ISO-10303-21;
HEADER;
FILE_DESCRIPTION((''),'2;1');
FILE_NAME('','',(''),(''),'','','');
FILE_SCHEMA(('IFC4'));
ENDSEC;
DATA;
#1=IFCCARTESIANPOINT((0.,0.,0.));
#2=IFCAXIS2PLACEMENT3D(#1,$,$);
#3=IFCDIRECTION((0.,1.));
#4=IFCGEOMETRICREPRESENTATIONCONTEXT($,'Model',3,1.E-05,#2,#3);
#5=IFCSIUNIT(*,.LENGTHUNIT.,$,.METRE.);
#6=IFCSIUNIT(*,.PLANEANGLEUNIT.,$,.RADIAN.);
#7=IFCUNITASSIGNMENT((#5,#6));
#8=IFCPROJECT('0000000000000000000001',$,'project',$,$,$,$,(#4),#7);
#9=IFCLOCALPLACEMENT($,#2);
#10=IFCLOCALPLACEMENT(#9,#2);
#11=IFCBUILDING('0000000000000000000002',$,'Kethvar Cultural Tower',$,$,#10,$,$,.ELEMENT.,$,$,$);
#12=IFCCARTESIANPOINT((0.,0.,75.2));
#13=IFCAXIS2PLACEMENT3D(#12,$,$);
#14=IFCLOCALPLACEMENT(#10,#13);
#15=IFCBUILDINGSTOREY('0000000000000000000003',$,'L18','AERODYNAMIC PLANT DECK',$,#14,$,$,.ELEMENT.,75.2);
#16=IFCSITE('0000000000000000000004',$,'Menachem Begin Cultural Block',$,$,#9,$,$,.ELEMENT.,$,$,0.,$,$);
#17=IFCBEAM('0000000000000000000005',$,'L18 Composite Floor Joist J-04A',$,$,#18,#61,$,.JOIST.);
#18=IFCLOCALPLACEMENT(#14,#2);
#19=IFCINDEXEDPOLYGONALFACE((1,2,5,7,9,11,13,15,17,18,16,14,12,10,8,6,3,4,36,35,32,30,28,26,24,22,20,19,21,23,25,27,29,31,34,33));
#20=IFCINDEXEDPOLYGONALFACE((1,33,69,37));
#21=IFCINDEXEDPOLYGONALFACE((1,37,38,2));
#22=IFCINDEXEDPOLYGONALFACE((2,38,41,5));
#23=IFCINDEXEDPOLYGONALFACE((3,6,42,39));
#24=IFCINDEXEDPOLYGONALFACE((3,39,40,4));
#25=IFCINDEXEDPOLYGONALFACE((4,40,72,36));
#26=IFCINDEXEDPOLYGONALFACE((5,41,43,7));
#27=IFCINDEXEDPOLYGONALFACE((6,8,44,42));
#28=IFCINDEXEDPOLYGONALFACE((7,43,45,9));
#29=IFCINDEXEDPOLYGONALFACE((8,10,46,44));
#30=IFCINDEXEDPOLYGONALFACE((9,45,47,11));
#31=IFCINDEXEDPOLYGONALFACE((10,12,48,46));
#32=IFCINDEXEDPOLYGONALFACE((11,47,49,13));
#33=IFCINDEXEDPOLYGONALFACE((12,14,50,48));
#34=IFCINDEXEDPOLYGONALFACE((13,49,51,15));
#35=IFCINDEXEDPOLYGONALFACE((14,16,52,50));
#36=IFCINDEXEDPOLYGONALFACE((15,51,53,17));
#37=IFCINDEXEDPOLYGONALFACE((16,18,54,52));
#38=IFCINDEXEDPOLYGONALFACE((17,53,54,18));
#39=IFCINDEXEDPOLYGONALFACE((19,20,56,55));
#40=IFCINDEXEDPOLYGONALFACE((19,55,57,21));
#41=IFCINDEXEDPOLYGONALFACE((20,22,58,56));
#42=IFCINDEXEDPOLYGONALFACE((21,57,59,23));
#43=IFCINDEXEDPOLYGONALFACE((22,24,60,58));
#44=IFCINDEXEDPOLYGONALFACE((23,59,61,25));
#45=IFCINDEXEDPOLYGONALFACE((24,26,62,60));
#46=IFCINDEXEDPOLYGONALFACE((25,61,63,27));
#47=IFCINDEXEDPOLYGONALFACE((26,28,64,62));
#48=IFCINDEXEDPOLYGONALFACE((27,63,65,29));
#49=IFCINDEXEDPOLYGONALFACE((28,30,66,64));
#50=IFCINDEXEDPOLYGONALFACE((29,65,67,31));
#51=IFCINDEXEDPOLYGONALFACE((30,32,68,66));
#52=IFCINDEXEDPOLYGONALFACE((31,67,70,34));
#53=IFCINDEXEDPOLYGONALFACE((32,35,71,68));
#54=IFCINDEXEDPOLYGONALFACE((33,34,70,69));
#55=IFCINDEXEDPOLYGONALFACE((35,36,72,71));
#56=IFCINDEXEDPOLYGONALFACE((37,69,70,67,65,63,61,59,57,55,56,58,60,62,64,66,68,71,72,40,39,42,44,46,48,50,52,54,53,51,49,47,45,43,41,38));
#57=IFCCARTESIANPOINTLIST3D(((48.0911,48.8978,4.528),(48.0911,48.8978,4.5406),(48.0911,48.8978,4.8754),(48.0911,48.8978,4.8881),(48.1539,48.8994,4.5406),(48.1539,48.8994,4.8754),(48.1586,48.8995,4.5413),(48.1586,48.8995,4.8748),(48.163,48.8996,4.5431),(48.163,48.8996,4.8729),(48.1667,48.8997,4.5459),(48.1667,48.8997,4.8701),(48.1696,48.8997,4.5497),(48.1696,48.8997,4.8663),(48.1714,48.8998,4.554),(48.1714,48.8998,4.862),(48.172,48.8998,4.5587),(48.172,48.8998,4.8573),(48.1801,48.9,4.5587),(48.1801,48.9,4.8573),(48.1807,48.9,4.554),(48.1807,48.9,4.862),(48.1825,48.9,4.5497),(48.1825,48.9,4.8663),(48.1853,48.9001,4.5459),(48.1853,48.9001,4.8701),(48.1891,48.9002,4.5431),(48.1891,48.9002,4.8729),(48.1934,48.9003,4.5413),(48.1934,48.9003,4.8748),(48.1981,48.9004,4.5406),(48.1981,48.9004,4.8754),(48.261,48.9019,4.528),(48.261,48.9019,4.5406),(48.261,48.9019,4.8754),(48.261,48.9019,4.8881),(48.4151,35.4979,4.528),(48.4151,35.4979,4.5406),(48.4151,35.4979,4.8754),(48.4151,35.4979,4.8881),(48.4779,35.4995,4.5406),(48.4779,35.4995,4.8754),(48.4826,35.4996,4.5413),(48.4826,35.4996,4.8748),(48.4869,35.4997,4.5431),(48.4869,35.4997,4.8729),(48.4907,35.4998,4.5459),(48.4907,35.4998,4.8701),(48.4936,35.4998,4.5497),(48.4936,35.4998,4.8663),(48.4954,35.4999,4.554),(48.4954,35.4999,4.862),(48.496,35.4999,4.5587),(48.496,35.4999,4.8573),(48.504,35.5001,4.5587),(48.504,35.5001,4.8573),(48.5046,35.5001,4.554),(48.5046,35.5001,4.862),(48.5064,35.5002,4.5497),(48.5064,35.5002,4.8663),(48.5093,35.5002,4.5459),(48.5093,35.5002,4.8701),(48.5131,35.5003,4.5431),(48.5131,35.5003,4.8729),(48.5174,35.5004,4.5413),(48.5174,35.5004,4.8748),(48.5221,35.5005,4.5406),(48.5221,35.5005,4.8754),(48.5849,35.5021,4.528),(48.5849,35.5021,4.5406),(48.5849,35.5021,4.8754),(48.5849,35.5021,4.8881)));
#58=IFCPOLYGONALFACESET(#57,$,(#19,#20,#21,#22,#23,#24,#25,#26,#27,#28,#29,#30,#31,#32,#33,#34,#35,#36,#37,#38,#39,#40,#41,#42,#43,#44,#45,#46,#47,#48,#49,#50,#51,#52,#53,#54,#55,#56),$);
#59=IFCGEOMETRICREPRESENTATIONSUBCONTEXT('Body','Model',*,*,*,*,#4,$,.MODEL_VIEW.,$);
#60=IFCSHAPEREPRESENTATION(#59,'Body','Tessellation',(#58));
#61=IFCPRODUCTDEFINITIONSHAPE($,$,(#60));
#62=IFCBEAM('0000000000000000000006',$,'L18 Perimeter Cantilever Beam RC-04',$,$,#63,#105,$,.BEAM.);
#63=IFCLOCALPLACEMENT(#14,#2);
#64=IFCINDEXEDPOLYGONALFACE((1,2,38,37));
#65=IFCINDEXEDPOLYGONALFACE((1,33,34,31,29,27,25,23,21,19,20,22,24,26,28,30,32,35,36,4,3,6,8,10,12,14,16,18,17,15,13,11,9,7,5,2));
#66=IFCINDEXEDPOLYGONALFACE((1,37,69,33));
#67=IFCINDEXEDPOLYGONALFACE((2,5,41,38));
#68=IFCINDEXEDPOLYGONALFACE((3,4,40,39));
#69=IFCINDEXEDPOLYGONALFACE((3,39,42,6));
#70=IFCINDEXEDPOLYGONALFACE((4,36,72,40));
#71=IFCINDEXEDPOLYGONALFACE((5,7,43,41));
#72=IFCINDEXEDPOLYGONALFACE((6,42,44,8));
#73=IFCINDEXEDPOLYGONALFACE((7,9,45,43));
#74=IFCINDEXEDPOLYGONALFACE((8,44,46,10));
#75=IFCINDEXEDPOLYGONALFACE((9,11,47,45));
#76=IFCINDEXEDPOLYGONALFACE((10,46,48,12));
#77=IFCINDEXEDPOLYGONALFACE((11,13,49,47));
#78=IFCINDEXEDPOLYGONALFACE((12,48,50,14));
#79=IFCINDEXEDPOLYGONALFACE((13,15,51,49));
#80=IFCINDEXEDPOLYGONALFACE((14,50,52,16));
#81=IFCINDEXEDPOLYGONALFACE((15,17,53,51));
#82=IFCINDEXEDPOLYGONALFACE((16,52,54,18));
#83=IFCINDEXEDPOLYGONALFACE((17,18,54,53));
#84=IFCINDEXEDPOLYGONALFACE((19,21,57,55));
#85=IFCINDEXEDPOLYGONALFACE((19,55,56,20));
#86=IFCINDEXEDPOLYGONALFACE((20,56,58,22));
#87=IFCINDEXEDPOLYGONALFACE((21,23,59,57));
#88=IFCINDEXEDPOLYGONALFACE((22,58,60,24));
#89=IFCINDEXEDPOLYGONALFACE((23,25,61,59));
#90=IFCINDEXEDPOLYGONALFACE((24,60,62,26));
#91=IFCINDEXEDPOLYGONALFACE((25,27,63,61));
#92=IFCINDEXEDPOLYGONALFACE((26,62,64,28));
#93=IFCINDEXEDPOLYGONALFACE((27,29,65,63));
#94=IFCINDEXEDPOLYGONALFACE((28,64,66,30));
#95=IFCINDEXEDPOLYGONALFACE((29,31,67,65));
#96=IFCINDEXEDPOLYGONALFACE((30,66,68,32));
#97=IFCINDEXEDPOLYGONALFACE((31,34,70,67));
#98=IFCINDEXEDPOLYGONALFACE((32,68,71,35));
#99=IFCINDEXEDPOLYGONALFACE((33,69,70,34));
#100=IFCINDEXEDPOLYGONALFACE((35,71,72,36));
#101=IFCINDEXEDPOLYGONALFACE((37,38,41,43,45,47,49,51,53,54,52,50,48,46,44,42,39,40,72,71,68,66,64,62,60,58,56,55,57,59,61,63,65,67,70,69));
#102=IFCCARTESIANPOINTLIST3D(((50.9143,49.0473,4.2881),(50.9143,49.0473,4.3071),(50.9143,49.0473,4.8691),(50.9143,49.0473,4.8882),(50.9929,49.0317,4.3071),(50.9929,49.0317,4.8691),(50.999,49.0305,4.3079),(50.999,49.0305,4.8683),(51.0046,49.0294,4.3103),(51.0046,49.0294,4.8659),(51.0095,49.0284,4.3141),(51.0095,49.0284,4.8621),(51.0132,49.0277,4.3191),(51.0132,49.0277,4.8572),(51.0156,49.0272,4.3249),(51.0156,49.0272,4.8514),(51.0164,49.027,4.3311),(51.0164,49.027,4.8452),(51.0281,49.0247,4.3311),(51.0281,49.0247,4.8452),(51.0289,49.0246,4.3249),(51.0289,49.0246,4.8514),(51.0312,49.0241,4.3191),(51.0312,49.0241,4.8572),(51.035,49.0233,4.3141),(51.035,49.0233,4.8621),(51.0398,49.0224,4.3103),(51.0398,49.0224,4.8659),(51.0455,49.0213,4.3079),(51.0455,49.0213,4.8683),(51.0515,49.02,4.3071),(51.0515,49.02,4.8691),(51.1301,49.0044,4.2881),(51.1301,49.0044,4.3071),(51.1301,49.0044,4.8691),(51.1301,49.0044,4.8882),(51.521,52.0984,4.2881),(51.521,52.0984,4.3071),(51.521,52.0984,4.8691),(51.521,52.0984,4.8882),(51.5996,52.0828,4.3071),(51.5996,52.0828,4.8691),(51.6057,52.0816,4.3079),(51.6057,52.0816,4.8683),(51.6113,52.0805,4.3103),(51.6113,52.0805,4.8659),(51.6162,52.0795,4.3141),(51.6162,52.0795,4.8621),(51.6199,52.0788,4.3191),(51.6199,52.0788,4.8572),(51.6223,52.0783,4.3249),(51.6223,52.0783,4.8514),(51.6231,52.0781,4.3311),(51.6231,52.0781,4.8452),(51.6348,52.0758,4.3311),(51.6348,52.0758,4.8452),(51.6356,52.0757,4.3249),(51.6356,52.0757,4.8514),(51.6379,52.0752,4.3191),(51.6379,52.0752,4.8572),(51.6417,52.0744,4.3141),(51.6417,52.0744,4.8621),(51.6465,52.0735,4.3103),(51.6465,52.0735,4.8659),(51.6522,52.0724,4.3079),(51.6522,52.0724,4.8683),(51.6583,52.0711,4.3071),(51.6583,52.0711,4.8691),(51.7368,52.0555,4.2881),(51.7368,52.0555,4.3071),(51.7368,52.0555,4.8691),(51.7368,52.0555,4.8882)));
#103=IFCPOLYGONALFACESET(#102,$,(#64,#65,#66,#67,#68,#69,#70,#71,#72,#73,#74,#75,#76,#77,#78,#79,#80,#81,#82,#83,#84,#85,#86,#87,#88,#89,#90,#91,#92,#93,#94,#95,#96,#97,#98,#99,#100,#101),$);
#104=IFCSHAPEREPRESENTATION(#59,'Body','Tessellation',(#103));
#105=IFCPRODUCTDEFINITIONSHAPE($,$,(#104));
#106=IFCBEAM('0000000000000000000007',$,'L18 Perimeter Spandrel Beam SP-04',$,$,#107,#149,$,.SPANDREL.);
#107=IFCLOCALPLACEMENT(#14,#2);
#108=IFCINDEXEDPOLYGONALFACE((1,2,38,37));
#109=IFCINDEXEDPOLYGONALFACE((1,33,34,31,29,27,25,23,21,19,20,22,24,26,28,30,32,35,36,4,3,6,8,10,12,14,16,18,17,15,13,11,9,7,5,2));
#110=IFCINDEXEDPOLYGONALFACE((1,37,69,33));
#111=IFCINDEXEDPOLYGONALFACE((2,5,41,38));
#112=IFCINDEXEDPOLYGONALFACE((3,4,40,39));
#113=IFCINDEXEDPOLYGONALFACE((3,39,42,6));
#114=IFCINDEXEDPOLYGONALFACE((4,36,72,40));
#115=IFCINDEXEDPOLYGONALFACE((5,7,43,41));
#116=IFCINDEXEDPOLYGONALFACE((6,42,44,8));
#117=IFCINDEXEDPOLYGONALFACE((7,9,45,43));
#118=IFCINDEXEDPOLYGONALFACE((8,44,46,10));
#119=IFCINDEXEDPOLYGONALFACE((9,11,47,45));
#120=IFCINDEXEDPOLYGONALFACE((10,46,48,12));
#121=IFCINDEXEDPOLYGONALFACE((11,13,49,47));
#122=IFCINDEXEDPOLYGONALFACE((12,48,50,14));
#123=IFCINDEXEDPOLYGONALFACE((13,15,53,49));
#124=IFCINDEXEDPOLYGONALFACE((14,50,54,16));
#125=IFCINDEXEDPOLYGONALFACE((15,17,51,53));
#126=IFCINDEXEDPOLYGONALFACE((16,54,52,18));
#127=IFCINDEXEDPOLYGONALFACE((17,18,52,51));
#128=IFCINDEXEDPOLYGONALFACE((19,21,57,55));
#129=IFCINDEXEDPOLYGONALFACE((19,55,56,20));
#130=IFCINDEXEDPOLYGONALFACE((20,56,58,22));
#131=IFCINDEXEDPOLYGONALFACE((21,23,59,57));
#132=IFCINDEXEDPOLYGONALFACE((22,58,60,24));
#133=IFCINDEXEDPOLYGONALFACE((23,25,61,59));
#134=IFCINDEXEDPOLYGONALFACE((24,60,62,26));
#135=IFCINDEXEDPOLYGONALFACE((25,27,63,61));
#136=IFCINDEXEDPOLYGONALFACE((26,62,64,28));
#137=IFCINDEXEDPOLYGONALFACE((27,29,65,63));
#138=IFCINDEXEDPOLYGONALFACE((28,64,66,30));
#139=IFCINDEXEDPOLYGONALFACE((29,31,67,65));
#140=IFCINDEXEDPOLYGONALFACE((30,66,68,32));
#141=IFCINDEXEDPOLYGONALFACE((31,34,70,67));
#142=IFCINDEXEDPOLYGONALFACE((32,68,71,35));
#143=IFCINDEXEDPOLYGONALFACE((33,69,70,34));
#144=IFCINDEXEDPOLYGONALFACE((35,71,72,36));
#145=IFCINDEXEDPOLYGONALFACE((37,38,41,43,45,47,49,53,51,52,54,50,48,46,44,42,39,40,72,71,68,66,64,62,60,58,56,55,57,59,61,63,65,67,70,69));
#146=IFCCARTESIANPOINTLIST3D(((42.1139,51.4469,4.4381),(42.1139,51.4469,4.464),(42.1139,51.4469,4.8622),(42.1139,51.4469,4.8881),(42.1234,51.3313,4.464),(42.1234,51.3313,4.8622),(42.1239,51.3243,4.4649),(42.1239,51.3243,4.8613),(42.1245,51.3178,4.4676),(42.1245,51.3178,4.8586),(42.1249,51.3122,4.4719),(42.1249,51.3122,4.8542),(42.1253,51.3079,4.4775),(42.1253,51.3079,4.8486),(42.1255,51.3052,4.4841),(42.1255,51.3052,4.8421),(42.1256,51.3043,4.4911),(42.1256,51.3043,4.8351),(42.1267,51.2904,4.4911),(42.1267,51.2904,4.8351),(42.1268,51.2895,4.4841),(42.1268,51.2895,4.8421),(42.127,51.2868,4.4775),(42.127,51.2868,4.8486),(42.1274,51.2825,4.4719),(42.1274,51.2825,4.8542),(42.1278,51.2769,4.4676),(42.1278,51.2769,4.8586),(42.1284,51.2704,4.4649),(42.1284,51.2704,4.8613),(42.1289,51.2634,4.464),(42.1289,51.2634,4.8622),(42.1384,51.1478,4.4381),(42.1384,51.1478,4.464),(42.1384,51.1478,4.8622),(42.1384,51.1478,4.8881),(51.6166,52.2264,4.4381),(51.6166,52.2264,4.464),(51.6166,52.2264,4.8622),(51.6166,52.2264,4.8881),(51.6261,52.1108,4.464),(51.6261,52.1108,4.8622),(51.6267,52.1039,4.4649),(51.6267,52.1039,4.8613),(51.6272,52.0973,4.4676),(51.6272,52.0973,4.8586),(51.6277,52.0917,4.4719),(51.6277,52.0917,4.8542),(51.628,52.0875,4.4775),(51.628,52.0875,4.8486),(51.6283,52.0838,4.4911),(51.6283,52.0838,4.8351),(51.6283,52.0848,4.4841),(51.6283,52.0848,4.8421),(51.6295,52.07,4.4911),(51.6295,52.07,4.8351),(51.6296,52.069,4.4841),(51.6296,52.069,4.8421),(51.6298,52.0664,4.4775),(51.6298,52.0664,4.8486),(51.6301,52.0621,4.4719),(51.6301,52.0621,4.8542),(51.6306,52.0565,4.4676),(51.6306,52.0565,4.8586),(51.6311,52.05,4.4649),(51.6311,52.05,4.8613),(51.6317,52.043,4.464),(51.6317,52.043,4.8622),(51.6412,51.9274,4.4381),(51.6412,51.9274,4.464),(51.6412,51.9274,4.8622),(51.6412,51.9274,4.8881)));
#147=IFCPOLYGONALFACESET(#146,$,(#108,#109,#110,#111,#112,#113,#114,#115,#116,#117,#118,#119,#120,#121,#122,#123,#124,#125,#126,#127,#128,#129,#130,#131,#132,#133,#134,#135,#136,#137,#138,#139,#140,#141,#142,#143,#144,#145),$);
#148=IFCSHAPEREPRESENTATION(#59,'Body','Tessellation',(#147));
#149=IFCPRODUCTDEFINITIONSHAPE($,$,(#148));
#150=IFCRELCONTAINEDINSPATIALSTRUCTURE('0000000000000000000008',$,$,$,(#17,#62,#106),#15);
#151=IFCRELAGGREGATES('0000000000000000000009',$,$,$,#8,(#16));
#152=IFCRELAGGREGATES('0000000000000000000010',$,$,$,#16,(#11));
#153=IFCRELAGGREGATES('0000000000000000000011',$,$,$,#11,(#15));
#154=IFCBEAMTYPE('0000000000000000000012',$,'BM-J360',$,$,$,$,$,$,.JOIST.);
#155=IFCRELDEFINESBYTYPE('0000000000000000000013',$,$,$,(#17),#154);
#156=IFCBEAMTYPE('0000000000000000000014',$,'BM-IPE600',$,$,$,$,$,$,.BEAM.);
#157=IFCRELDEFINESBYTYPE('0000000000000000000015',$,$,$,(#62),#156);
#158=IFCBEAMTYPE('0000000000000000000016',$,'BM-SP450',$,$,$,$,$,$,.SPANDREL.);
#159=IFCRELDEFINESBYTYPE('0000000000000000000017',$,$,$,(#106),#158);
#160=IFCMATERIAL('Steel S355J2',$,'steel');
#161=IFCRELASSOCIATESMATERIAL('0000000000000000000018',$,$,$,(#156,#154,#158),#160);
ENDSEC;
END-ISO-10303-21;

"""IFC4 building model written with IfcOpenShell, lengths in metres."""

from ifc_helpers import new_model, si_unit, direction, frame, origin, origin_2d, place, context, subcontext, project, spatial, i_section, extrude, source, transform, mapped, material, material_profile, profile_set, type_object, element, save


model = new_model("IFC4")

# Units and contexts
model_context = context("Model", 3, precision=1e-05, world=origin(), true_north=direction((0.0, 1.0)))
body_context = subcontext(model_context, "Body", "Model", "MODEL_VIEW")
ifc_project = project(units=[si_unit("LENGTHUNIT", "METRE"), si_unit("PLANEANGLEUNIT", "RADIAN")], contexts=[model_context])

# Site, building, storey
site_placement = place(None, origin())
site = spatial("IfcSite", under=ifc_project, at=site_placement, Name="Menachem Begin Cultural Block", CompositionType="ELEMENT", RefElevation=0.0)
building_placement = place(site_placement, origin())
building = spatial("IfcBuilding", under=site, at=building_placement, Name="Kethvar Cultural Tower", CompositionType="ELEMENT")
storey_placement = place(building_placement, frame((0.0, 0.0, 75.2)))
storey = spatial("IfcBuildingStorey", under=building, at=storey_placement, Name="L18", Description="AERODYNAMIC PLANT DECK", CompositionType="ELEMENT", Elevation=75.2)

# Beams
ifc_material_1 = material(Name="Steel S355J2", Category="steel")
ifc_material_profile_1 = material_profile(ifc_material_1, i_section(OverallWidth=0.22, OverallDepth=0.6001, WebThickness=0.012, FlangeThickness=0.019, FilletRadius=0.0239, at=origin_2d()), Name="Steel S355J2 — IPE600")
ifc_profile_set_1 = profile_set([ifc_material_profile_1], Name="Steel S355J2 — IPE600")
beam_type_1 = type_object("IfcBeamType", Name="BM-IPE600", PredefinedType="BEAM", material=ifc_profile_set_1)
ifc_material_profile_2 = material_profile(ifc_material_1, i_section(OverallWidth=0.1699, OverallDepth=0.3601, WebThickness=0.0081, FlangeThickness=0.0127, FilletRadius=0.0181, at=origin_2d()), Name="Steel S355J2 — IPE360")
ifc_profile_set_2 = profile_set([ifc_material_profile_2], Name="Steel S355J2 — IPE360")
beam_type_2 = type_object("IfcBeamType", Name="BM-J360", PredefinedType="JOIST", material=ifc_profile_set_2)
shared_shape_1 = source(origin(), body_context, "Body", "SweptSolid", [
    extrude(i_section(OverallWidth=0.1699, OverallDepth=0.3601, WebThickness=0.0081, FlangeThickness=0.0127, FilletRadius=0.0181, at=origin_2d()), origin(), (0.0, 0.0, 1.0), 13.4038),
])
beam_1_placement = place(storey_placement, frame((48.5, 35.5, 4.708), z_axis=(-0.02417, 0.999708, 0.0), x_axis=(-0.999708, -0.02417, 0.0)))
element("IfcBeam", 1, at=beam_1_placement, inside=storey, type_object=beam_type_2, Name="L18 Composite Floor Joist J-04A", PredefinedType="JOIST", context=body_context, shape_type="MappedRepresentation", body=[
    mapped(shared_shape_1, transform((0.0, 0.0, 0.0), scale=1.0)),
])
shared_shape_2 = source(origin(), body_context, "Body", "SweptSolid", [
    extrude(i_section(OverallWidth=0.22, OverallDepth=0.6001, WebThickness=0.012, FlangeThickness=0.019, FilletRadius=0.0239, at=origin_2d()), origin(), (0.0, 0.0, 1.0), 3.1108),
])
beam_2_placement = place(storey_placement, frame((51.0222, 49.0259, 4.5881), z_axis=(0.195029, 0.980797, 0.0), x_axis=(-0.980797, 0.195029, 0.0)))
element("IfcBeam", 2, at=beam_2_placement, inside=storey, type_object=beam_type_1, Name="L18 Perimeter Cantilever Beam RC-04", PredefinedType="BEAM", context=body_context, shape_type="MappedRepresentation", body=[
    mapped(shared_shape_2, transform((0.0, 0.0, 0.0), scale=1.0)),
])
ifc_material_profile_3 = material_profile(ifc_material_1, i_section(OverallWidth=0.3, OverallDepth=0.45, WebThickness=0.0139, FlangeThickness=0.0259, FilletRadius=0.0271, at=origin_2d()), Name="Steel S355J2 — HEB450")
ifc_profile_set_3 = profile_set([ifc_material_profile_3], Name="Steel S355J2 — HEB450")
beam_type_3 = type_object("IfcBeamType", Name="BM-SP450", PredefinedType="SPANDREL", material=ifc_profile_set_3)
shared_shape_3 = source(origin(), body_context, "Body", "SweptSolid", [
    extrude(i_section(OverallWidth=0.3, OverallDepth=0.45, WebThickness=0.0139, FlangeThickness=0.0259, FilletRadius=0.0271, at=origin_2d()), origin(), (0.0, 0.0, 1.0), 9.5347),
])
beam_3_placement = place(storey_placement, frame((51.6289, 52.0769, 4.6631), z_axis=(-0.996652, -0.081759, 0.0), x_axis=(0.081759, -0.996652, 0.0)))
element("IfcBeam", 3, at=beam_3_placement, inside=storey, type_object=beam_type_3, Name="L18 Perimeter Spandrel Beam SP-04", PredefinedType="SPANDREL", context=body_context, shape_type="MappedRepresentation", body=[
    mapped(shared_shape_3, transform((0.0, 0.0, 0.0), scale=1.0)),
])

save(model, "model.ifc")
